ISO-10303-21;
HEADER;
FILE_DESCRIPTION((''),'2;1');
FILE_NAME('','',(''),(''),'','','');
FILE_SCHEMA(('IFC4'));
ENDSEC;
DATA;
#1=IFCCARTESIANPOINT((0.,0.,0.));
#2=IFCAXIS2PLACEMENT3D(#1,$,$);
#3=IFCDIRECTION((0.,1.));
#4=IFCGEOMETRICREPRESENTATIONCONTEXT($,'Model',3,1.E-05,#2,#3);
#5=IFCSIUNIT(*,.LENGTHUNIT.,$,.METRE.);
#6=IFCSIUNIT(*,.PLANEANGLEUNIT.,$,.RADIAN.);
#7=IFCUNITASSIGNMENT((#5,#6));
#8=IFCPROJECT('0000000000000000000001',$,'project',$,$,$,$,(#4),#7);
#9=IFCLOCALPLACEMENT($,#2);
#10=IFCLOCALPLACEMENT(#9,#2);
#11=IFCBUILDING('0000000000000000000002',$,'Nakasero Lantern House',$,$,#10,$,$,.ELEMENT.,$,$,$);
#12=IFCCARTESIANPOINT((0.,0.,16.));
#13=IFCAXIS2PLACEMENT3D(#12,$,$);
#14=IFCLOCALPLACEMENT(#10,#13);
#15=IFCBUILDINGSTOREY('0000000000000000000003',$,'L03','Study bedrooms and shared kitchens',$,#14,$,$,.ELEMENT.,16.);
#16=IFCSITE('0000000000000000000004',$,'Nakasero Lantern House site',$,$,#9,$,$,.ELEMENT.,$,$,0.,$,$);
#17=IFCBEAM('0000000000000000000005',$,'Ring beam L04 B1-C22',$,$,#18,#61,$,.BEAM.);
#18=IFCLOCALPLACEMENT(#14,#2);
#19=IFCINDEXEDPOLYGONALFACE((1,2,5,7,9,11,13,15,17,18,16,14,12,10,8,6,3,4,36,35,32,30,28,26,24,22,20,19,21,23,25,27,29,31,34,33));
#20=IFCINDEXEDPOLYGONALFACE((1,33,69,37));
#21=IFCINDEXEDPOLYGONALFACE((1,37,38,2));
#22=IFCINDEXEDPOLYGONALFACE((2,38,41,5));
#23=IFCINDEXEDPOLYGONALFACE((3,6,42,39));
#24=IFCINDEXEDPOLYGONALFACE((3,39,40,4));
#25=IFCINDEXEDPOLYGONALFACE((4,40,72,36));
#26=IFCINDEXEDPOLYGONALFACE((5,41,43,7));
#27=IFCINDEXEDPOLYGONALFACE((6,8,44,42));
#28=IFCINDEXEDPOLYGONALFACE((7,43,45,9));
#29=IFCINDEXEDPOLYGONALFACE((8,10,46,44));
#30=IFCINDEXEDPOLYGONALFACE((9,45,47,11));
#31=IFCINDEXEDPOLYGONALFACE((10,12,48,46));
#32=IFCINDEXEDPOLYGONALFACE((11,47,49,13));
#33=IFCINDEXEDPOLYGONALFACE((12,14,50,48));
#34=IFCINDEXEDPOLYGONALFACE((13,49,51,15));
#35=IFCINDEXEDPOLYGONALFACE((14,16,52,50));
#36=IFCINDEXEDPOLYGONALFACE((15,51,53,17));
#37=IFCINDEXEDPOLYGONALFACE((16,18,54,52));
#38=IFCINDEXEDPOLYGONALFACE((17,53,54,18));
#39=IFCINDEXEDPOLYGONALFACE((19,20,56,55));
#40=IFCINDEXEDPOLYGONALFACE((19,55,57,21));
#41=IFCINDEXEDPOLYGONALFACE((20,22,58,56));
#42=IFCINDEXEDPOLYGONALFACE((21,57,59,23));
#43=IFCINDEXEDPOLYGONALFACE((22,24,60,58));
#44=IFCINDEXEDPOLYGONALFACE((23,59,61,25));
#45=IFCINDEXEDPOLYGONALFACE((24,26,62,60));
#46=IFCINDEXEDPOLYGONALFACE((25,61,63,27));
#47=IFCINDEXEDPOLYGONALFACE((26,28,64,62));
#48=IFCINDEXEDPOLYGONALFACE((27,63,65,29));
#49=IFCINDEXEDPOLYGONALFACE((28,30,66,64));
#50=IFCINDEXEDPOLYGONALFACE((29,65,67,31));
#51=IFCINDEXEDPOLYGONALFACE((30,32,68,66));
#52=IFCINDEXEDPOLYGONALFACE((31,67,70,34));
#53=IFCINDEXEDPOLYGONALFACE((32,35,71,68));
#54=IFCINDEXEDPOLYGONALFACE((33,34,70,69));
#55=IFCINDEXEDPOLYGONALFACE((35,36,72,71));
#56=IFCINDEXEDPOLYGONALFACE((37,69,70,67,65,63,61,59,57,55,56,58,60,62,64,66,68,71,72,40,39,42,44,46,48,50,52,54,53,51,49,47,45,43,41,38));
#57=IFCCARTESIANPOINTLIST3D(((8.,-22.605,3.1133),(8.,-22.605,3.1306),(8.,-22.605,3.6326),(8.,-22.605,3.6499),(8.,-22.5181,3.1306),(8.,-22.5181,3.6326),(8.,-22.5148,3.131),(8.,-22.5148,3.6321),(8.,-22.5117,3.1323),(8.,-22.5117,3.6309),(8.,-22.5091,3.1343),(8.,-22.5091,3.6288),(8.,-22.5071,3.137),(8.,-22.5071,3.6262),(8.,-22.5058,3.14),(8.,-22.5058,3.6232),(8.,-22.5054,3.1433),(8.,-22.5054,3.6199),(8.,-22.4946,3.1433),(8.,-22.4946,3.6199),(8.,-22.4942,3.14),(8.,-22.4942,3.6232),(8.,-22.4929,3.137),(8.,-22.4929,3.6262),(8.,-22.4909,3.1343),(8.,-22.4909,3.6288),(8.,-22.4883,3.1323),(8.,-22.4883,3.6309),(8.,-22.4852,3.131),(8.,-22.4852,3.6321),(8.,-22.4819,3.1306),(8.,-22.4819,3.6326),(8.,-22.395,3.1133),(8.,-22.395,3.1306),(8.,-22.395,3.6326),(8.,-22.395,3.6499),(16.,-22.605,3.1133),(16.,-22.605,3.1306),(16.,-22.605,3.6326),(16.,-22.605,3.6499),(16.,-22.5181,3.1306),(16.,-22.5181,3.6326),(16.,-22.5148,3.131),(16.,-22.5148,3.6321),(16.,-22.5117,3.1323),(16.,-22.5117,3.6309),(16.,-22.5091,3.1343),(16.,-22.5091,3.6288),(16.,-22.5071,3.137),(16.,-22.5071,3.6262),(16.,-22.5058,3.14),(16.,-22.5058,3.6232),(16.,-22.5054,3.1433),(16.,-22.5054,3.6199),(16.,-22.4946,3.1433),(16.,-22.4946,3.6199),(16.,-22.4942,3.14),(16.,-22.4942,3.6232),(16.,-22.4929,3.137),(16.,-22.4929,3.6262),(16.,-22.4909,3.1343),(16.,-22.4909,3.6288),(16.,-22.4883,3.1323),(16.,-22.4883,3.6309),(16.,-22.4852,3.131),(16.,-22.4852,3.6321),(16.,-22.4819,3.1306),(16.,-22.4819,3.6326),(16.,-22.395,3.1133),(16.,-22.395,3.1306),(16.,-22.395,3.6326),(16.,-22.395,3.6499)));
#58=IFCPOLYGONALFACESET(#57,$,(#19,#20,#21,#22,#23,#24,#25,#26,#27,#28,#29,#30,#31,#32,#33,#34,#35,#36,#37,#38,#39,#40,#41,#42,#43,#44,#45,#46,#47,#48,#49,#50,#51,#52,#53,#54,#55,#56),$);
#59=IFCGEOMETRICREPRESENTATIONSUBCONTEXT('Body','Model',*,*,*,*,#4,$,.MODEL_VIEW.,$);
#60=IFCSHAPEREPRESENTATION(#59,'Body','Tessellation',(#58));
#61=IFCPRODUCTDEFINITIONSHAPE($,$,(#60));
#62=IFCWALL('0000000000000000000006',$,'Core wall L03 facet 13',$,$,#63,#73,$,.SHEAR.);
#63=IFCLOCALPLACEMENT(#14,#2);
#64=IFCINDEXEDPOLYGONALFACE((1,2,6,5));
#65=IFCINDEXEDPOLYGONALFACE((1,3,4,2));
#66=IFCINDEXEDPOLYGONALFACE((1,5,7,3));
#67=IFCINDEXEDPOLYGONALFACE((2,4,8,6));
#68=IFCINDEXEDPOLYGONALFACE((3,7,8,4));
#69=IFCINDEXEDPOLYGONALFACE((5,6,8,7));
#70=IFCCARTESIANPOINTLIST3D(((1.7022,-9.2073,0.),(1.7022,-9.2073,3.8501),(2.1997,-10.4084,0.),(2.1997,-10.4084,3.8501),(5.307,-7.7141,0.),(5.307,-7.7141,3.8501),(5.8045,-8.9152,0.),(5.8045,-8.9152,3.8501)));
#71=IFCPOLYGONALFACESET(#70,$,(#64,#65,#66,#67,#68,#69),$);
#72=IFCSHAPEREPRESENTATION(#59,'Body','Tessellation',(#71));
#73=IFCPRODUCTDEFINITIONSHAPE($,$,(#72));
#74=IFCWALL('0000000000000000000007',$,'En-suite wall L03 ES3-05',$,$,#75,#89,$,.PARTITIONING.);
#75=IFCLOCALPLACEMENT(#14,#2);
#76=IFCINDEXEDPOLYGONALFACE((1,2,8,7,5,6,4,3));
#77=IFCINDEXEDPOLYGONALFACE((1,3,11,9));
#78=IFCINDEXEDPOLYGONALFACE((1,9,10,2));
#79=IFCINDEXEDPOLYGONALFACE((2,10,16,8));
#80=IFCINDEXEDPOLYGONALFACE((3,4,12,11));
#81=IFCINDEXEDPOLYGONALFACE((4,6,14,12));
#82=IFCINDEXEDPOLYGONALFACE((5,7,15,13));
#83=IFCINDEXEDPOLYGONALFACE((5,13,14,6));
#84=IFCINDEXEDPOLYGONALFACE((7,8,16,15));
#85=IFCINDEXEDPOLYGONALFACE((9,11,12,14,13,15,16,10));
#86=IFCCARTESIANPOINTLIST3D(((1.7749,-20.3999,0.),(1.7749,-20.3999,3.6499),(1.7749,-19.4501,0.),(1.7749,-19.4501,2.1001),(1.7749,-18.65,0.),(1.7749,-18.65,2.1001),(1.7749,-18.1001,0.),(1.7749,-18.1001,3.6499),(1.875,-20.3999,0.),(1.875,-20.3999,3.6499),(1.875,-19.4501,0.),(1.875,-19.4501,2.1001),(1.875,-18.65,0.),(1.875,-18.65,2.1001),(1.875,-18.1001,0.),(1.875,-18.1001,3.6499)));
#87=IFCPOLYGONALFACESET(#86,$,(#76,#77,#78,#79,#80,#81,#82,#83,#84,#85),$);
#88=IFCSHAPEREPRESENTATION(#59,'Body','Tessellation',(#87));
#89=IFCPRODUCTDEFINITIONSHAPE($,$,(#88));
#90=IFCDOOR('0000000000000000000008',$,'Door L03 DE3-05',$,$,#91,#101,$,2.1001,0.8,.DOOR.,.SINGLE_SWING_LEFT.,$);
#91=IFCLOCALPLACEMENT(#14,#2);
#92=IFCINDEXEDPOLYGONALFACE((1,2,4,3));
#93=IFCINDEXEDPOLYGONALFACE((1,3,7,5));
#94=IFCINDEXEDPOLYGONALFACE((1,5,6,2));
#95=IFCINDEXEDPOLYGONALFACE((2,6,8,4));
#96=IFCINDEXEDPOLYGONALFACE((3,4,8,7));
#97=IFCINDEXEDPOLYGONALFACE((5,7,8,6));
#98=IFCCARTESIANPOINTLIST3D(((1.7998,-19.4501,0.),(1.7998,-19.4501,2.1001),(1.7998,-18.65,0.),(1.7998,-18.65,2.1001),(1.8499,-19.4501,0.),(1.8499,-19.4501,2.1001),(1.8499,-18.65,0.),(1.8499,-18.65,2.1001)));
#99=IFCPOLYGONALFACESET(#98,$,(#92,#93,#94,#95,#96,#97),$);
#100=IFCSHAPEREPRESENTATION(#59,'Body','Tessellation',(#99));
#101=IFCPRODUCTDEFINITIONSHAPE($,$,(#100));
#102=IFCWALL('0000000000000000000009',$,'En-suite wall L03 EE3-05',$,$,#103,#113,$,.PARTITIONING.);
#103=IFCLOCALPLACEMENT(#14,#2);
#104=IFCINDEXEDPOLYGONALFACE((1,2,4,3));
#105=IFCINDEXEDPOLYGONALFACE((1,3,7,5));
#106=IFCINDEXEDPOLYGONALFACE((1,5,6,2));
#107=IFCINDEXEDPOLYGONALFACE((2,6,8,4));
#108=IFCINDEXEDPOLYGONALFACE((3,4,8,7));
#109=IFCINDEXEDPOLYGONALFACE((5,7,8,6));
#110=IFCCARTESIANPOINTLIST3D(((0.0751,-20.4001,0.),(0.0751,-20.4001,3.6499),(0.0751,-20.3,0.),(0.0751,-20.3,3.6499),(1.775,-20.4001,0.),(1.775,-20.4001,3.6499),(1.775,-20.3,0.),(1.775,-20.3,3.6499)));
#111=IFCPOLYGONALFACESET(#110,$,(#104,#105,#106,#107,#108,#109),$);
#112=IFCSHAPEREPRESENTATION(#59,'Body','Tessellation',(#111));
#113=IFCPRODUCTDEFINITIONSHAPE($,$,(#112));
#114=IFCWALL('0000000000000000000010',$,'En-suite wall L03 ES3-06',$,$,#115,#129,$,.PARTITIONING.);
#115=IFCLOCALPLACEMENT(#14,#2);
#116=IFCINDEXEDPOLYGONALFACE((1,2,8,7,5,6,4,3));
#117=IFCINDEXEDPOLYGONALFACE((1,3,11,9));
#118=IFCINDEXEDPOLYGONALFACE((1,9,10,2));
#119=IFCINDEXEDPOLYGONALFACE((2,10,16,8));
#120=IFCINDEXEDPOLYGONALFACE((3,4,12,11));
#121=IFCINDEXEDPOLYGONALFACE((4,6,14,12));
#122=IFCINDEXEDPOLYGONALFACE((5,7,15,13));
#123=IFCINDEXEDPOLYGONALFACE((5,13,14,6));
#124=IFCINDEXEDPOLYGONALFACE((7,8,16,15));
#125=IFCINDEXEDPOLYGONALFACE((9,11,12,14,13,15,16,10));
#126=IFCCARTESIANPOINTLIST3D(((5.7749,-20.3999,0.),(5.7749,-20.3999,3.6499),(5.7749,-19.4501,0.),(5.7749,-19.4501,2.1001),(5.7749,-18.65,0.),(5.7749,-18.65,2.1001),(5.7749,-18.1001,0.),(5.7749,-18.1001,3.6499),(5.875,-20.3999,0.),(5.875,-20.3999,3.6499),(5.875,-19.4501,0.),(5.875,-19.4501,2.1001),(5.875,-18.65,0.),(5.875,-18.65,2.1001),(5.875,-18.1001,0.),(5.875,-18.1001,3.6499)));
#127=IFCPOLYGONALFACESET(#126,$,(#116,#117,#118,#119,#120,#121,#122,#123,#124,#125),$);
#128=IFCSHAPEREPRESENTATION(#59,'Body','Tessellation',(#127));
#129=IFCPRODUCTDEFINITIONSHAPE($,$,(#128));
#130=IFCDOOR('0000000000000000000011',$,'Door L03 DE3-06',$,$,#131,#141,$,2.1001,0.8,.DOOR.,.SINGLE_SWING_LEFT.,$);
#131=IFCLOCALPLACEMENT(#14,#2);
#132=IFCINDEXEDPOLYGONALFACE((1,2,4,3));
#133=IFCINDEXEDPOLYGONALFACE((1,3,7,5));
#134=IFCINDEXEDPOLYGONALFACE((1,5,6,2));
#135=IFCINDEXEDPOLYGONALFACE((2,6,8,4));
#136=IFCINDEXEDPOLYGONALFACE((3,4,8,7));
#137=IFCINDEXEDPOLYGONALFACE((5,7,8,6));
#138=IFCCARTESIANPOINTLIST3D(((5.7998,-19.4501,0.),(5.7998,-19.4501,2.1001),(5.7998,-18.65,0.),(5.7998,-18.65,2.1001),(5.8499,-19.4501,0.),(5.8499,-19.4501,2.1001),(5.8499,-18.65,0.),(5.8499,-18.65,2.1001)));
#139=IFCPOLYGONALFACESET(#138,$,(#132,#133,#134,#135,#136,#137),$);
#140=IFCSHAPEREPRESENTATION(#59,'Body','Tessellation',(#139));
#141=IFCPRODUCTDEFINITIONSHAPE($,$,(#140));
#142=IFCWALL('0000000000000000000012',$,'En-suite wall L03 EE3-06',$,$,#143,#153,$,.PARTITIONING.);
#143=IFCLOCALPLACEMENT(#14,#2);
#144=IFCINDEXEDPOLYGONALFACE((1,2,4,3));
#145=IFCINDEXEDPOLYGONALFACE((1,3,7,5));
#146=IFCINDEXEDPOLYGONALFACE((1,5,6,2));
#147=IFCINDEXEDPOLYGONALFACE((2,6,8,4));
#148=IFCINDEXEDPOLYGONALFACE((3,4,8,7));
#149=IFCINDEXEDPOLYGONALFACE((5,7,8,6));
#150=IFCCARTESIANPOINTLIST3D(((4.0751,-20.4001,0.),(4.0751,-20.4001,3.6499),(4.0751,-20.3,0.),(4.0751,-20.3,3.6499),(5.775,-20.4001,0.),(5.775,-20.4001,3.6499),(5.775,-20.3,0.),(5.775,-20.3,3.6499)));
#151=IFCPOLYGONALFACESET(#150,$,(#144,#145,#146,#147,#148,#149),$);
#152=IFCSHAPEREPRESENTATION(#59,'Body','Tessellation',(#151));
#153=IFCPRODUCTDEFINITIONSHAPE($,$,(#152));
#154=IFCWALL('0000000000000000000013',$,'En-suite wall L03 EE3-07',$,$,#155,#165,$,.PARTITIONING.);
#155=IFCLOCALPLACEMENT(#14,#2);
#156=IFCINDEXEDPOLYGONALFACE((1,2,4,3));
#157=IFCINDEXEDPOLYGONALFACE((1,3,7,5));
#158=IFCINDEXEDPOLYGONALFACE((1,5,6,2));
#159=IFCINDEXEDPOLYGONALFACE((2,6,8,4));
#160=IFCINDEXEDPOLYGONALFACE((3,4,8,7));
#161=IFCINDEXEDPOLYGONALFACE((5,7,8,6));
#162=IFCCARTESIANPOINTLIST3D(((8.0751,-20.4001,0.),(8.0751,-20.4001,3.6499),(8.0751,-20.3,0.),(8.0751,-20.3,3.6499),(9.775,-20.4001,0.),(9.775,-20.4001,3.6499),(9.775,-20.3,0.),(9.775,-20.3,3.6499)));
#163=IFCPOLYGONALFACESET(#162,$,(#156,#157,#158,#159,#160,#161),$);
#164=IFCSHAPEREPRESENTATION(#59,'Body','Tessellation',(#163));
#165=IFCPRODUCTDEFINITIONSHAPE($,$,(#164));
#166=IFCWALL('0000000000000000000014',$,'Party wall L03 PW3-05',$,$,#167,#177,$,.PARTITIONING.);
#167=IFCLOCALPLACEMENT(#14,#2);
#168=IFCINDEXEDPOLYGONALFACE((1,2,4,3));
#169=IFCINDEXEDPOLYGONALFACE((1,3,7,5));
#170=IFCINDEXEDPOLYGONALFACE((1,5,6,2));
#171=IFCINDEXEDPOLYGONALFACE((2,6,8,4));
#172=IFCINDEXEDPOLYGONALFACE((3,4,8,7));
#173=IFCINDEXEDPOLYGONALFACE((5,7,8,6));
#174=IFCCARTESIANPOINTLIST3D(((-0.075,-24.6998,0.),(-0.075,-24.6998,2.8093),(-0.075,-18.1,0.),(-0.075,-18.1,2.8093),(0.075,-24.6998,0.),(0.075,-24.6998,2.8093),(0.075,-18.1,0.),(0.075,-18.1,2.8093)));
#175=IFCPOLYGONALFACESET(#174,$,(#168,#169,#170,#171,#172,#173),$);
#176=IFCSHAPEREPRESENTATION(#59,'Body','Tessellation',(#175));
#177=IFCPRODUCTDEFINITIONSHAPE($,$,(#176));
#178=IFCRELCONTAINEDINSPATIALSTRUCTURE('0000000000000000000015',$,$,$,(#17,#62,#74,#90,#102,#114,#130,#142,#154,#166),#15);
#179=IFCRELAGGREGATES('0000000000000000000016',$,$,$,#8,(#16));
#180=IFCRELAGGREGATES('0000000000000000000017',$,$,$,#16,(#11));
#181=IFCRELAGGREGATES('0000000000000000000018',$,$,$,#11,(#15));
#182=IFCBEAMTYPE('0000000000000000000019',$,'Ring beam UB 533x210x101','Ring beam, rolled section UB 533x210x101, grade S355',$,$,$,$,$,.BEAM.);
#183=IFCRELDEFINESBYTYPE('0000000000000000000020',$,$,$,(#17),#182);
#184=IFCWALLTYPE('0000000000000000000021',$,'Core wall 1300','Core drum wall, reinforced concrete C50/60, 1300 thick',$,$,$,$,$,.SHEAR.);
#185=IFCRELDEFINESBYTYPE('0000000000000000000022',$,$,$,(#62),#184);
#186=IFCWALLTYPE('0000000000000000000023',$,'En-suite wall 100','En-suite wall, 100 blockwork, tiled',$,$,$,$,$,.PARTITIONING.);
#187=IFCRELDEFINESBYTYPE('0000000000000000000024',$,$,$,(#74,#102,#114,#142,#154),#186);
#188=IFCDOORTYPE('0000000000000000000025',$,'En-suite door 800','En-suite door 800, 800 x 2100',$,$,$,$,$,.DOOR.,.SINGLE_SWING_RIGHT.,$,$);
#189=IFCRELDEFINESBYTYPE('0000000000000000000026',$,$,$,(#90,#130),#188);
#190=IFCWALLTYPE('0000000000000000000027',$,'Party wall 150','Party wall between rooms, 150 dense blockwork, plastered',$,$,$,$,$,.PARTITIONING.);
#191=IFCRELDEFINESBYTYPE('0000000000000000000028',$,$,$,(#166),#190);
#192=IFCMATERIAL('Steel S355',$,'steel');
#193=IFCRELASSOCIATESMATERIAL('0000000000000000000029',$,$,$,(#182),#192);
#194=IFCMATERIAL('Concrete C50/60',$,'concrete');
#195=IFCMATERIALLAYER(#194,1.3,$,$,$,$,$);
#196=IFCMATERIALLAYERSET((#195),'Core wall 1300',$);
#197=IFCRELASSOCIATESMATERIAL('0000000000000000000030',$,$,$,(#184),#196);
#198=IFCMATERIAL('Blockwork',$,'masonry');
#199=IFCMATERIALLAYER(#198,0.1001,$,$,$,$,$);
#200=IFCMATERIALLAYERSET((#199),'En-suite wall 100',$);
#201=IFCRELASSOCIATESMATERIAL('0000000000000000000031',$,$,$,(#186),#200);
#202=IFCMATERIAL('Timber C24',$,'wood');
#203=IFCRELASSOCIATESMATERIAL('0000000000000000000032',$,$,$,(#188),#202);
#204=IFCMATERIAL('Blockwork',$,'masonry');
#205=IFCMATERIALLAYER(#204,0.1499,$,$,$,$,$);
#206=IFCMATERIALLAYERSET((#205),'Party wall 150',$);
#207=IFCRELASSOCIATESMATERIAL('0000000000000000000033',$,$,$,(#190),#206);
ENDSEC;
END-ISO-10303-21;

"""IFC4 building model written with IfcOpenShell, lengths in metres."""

from ifc_helpers import new_model, si_unit, direction, frame, frame_2d, origin, origin_2d, place, context, subcontext, project, spatial, rectangle, i_section, extrude, material, layer, layer_set, material_profile, profile_set, type_object, element, fill, save


model = new_model("IFC4")

# Units and contexts
model_context = context("Model", 3, precision=1e-05, world=origin(), true_north=direction((0.0, 1.0)))
body_context = subcontext(model_context, "Body", "Model", "MODEL_VIEW")
ifc_project = project(units=[si_unit("LENGTHUNIT", "METRE"), si_unit("PLANEANGLEUNIT", "RADIAN")], contexts=[model_context])

# Site, building, storey
site_placement = place(None, origin())
site = spatial("IfcSite", under=ifc_project, at=site_placement, Name="Nakasero Lantern House site", CompositionType="ELEMENT", RefElevation=0.0)
building_placement = place(site_placement, origin())
building = spatial("IfcBuilding", under=site, at=building_placement, Name="Nakasero Lantern House", CompositionType="ELEMENT")
storey_placement = place(building_placement, frame((0.0, 0.0, 16.0)))
storey = spatial("IfcBuildingStorey", under=building, at=storey_placement, Name="L03", Description="Study bedrooms and shared kitchens", CompositionType="ELEMENT", Elevation=16.0)

# Beam
ifc_material_1 = material(Name="Steel S355", Category="steel")
ifc_material_profile_1 = material_profile(ifc_material_1, i_section(OverallWidth=0.21, OverallDepth=0.5366, WebThickness=0.0107, FlangeThickness=0.0173, FilletRadius=0.0127, at=origin_2d()), Name="UB 533x210x101")
ifc_profile_set_1 = profile_set([ifc_material_profile_1], Name="Steel S355")
beam_type_1 = type_object("IfcBeamType", Name="Ring beam UB 533x210x101", Description="Ring beam, rolled section UB 533x210x101, grade S355", PredefinedType="BEAM", material=ifc_profile_set_1)
beam_1_placement = place(storey_placement, frame((8.0, -22.5, 3.3816), z_axis=(1.0, 0.0, 0.0), x_axis=(0.0, 1.0, 0.0)))
element("IfcBeam", 1, at=beam_1_placement, inside=storey, type_object=beam_type_1, Name="Ring beam L04 B1-C22", PredefinedType="BEAM", context=body_context, shape_type="SweptSolid", body=[
    extrude(i_section(OverallWidth=0.21, OverallDepth=0.5366, WebThickness=0.0107, FlangeThickness=0.0173, FilletRadius=0.0127, at=origin_2d()), origin(), (0.0, 0.0, 1.0), 8.0),
])

# Wall
ifc_material_2 = material(Name="Concrete C50/60", Category="concrete")
ifc_layer_1 = layer(ifc_material_2, 1.3)
ifc_layer_set_1 = layer_set([ifc_layer_1], Name="Core wall 1300")
wall_type_1 = type_object("IfcWallType", Name="Core wall 1300", Description="Core drum wall, reinforced concrete C50/60, 1300 thick", PredefinedType="SHEAR", material=ifc_layer_set_1)
wall_1_placement = place(storey_placement, frame((1.9509, -9.8079, 0.0), z_axis=(0.0, 0.0, 1.0), x_axis=(0.923877, 0.382691, 0.0)))
element("IfcWall", 2, at=wall_1_placement, inside=storey, type_object=wall_type_1, Name="Core wall L03 facet 13", PredefinedType="SHEAR", context=body_context, shape_type="SweptSolid", body=[
    extrude(rectangle(XDim=3.9019, YDim=1.3, at=frame_2d((1.9509, 0.0))), origin(), (0.0, 0.0, 1.0), 3.8501),
])

# Wall, opening, door
ifc_material_3 = material(Name="Blockwork", Category="masonry")
ifc_layer_2 = layer(ifc_material_3, 0.1001)
ifc_layer_set_2 = layer_set([ifc_layer_2], Name="En-suite wall 100")
wall_type_2 = type_object("IfcWallType", Name="En-suite wall 100", Description="En-suite wall, 100 blockwork, tiled", PredefinedType="PARTITIONING", material=ifc_layer_set_2)
wall_2_placement = place(storey_placement, frame((1.825, -18.1001, 0.0), z_axis=(0.0, 0.0, 1.0), x_axis=(0.0, -1.0, 0.0)))
wall_2 = element("IfcWall", 3, at=wall_2_placement, inside=storey, type_object=wall_type_2, Name="En-suite wall L03 ES3-05", PredefinedType="PARTITIONING", context=body_context, shape_type="SweptSolid", body=[
    extrude(rectangle(XDim=2.2998, YDim=0.1001, at=frame_2d((1.1499, 0.0))), origin(), (0.0, 0.0, 1.0), 3.6499),
])
opening_1_placement = place(wall_2_placement, frame((0.55, 0.0, 0.0)))
opening_1 = element("IfcOpeningElement", 4, at=opening_1_placement, cuts=wall_2, PredefinedType="OPENING", context=body_context, shape_type="SweptSolid", body=[
    extrude(rectangle(XDim=0.8, YDim=2.1001, at=frame_2d((0.3999, 1.05))), frame((0.0, 0.0701, 0.0), z_axis=(0.0, -1.0, 0.0), x_axis=(1.0, 0.0, 0.0)), (0.0, 0.0, 1.0), 0.1401),
])
ifc_material_4 = material(Name="Timber C24", Category="wood")
door_type = type_object("IfcDoorType", Name="En-suite door 800", Description="En-suite door 800, 800 x 2100", OperationType="SINGLE_SWING_RIGHT", PredefinedType="DOOR", material=ifc_material_4)
door_1_placement = place(opening_1_placement, origin())
door_1 = element("IfcDoor", 5, at=door_1_placement, inside=storey, type_object=door_type, Name="Door L03 DE3-05", OperationType="SINGLE_SWING_LEFT", OverallHeight=2.1001, OverallWidth=0.8, PredefinedType="DOOR", context=body_context, shape_type="SweptSolid", body=[
    extrude(rectangle(XDim=0.8, YDim=2.1001, at=frame_2d((0.3999, 1.05))), frame((0.0, 0.0249, 0.0), z_axis=(0.0, -1.0, 0.0), x_axis=(1.0, 0.0, 0.0)), (0.0, 0.0, 1.0), 0.05),
])
fill(opening_1, door_1)

# Wall
wall_3_placement = place(storey_placement, frame((0.075, -20.3501, 0.0), z_axis=(0.0, 0.0, 1.0), x_axis=(1.0, 0.0, 0.0)))
element("IfcWall", 6, at=wall_3_placement, inside=storey, type_object=wall_type_2, Name="En-suite wall L03 EE3-05", PredefinedType="PARTITIONING", context=body_context, shape_type="SweptSolid", body=[
    extrude(rectangle(XDim=1.7, YDim=0.1001, at=frame_2d((0.8501, 0.0))), origin(), (0.0, 0.0, 1.0), 3.6499),
])

# Wall, opening, door
wall_4_placement = place(storey_placement, frame((5.825, -18.1001, 0.0), z_axis=(0.0, 0.0, 1.0), x_axis=(0.0, -1.0, 0.0)))
wall_4 = element("IfcWall", 7, at=wall_4_placement, inside=storey, type_object=wall_type_2, Name="En-suite wall L03 ES3-06", PredefinedType="PARTITIONING", context=body_context, shape_type="SweptSolid", body=[
    extrude(rectangle(XDim=2.2998, YDim=0.1001, at=frame_2d((1.1499, 0.0))), origin(), (0.0, 0.0, 1.0), 3.6499),
])
opening_2_placement = place(wall_4_placement, frame((0.55, 0.0, 0.0)))
opening_2 = element("IfcOpeningElement", 8, at=opening_2_placement, cuts=wall_4, PredefinedType="OPENING", context=body_context, shape_type="SweptSolid", body=[
    extrude(rectangle(XDim=0.8, YDim=2.1001, at=frame_2d((0.3999, 1.05))), frame((0.0, 0.0701, 0.0), z_axis=(0.0, -1.0, 0.0), x_axis=(1.0, 0.0, 0.0)), (0.0, 0.0, 1.0), 0.1401),
])
door_2_placement = place(opening_2_placement, origin())
door_2 = element("IfcDoor", 9, at=door_2_placement, inside=storey, type_object=door_type, Name="Door L03 DE3-06", OperationType="SINGLE_SWING_LEFT", OverallHeight=2.1001, OverallWidth=0.8, PredefinedType="DOOR", context=body_context, shape_type="SweptSolid", body=[
    extrude(rectangle(XDim=0.8, YDim=2.1001, at=frame_2d((0.3999, 1.05))), frame((0.0, 0.0249, 0.0), z_axis=(0.0, -1.0, 0.0), x_axis=(1.0, 0.0, 0.0)), (0.0, 0.0, 1.0), 0.05),
])
fill(opening_2, door_2)

# Walls
for number, where, z_axis, x_axis, name in (
    (10, (4.075, -20.3501, 0.0), (0.0, 0.0, 1.0), (1.0, 0.0, 0.0), "En-suite wall L03 EE3-06"),
    (11, (8.075, -20.3501, 0.0), (0.0, 0.0, 1.0), (1.0, 0.0, 0.0), "En-suite wall L03 EE3-07"),
):
    element("IfcWall", number, at=place(storey_placement, frame(where, z_axis=z_axis, x_axis=x_axis)), inside=storey, type_object=wall_type_2, Name=name, PredefinedType="PARTITIONING", context=body_context, shape_type="SweptSolid", body=[
        extrude(rectangle(XDim=1.7, YDim=0.1001, at=frame_2d((0.8501, 0.0))), origin(), (0.0, 0.0, 1.0), 3.6499),
    ])
ifc_material_5 = material(Name="Blockwork", Category="masonry")
ifc_layer_3 = layer(ifc_material_5, 0.1499)
ifc_layer_set_3 = layer_set([ifc_layer_3], Name="Party wall 150")
wall_type_3 = type_object("IfcWallType", Name="Party wall 150", Description="Party wall between rooms, 150 dense blockwork, plastered", PredefinedType="PARTITIONING", material=ifc_layer_set_3)
wall_5_placement = place(storey_placement, frame((0.0, -18.1001, 0.0), z_axis=(0.0, 0.0, 1.0), x_axis=(0.0, -1.0, 0.0)))
element("IfcWall", 12, at=wall_5_placement, inside=storey, type_object=wall_type_3, Name="Party wall L03 PW3-05", PredefinedType="PARTITIONING", context=body_context, shape_type="SweptSolid", body=[
    extrude(rectangle(XDim=6.5999, YDim=0.1499, at=frame_2d((3.2998, 0.0))), origin(), (0.0, 0.0, 1.0), 2.8093),
])

save(model, "model.ifc")
